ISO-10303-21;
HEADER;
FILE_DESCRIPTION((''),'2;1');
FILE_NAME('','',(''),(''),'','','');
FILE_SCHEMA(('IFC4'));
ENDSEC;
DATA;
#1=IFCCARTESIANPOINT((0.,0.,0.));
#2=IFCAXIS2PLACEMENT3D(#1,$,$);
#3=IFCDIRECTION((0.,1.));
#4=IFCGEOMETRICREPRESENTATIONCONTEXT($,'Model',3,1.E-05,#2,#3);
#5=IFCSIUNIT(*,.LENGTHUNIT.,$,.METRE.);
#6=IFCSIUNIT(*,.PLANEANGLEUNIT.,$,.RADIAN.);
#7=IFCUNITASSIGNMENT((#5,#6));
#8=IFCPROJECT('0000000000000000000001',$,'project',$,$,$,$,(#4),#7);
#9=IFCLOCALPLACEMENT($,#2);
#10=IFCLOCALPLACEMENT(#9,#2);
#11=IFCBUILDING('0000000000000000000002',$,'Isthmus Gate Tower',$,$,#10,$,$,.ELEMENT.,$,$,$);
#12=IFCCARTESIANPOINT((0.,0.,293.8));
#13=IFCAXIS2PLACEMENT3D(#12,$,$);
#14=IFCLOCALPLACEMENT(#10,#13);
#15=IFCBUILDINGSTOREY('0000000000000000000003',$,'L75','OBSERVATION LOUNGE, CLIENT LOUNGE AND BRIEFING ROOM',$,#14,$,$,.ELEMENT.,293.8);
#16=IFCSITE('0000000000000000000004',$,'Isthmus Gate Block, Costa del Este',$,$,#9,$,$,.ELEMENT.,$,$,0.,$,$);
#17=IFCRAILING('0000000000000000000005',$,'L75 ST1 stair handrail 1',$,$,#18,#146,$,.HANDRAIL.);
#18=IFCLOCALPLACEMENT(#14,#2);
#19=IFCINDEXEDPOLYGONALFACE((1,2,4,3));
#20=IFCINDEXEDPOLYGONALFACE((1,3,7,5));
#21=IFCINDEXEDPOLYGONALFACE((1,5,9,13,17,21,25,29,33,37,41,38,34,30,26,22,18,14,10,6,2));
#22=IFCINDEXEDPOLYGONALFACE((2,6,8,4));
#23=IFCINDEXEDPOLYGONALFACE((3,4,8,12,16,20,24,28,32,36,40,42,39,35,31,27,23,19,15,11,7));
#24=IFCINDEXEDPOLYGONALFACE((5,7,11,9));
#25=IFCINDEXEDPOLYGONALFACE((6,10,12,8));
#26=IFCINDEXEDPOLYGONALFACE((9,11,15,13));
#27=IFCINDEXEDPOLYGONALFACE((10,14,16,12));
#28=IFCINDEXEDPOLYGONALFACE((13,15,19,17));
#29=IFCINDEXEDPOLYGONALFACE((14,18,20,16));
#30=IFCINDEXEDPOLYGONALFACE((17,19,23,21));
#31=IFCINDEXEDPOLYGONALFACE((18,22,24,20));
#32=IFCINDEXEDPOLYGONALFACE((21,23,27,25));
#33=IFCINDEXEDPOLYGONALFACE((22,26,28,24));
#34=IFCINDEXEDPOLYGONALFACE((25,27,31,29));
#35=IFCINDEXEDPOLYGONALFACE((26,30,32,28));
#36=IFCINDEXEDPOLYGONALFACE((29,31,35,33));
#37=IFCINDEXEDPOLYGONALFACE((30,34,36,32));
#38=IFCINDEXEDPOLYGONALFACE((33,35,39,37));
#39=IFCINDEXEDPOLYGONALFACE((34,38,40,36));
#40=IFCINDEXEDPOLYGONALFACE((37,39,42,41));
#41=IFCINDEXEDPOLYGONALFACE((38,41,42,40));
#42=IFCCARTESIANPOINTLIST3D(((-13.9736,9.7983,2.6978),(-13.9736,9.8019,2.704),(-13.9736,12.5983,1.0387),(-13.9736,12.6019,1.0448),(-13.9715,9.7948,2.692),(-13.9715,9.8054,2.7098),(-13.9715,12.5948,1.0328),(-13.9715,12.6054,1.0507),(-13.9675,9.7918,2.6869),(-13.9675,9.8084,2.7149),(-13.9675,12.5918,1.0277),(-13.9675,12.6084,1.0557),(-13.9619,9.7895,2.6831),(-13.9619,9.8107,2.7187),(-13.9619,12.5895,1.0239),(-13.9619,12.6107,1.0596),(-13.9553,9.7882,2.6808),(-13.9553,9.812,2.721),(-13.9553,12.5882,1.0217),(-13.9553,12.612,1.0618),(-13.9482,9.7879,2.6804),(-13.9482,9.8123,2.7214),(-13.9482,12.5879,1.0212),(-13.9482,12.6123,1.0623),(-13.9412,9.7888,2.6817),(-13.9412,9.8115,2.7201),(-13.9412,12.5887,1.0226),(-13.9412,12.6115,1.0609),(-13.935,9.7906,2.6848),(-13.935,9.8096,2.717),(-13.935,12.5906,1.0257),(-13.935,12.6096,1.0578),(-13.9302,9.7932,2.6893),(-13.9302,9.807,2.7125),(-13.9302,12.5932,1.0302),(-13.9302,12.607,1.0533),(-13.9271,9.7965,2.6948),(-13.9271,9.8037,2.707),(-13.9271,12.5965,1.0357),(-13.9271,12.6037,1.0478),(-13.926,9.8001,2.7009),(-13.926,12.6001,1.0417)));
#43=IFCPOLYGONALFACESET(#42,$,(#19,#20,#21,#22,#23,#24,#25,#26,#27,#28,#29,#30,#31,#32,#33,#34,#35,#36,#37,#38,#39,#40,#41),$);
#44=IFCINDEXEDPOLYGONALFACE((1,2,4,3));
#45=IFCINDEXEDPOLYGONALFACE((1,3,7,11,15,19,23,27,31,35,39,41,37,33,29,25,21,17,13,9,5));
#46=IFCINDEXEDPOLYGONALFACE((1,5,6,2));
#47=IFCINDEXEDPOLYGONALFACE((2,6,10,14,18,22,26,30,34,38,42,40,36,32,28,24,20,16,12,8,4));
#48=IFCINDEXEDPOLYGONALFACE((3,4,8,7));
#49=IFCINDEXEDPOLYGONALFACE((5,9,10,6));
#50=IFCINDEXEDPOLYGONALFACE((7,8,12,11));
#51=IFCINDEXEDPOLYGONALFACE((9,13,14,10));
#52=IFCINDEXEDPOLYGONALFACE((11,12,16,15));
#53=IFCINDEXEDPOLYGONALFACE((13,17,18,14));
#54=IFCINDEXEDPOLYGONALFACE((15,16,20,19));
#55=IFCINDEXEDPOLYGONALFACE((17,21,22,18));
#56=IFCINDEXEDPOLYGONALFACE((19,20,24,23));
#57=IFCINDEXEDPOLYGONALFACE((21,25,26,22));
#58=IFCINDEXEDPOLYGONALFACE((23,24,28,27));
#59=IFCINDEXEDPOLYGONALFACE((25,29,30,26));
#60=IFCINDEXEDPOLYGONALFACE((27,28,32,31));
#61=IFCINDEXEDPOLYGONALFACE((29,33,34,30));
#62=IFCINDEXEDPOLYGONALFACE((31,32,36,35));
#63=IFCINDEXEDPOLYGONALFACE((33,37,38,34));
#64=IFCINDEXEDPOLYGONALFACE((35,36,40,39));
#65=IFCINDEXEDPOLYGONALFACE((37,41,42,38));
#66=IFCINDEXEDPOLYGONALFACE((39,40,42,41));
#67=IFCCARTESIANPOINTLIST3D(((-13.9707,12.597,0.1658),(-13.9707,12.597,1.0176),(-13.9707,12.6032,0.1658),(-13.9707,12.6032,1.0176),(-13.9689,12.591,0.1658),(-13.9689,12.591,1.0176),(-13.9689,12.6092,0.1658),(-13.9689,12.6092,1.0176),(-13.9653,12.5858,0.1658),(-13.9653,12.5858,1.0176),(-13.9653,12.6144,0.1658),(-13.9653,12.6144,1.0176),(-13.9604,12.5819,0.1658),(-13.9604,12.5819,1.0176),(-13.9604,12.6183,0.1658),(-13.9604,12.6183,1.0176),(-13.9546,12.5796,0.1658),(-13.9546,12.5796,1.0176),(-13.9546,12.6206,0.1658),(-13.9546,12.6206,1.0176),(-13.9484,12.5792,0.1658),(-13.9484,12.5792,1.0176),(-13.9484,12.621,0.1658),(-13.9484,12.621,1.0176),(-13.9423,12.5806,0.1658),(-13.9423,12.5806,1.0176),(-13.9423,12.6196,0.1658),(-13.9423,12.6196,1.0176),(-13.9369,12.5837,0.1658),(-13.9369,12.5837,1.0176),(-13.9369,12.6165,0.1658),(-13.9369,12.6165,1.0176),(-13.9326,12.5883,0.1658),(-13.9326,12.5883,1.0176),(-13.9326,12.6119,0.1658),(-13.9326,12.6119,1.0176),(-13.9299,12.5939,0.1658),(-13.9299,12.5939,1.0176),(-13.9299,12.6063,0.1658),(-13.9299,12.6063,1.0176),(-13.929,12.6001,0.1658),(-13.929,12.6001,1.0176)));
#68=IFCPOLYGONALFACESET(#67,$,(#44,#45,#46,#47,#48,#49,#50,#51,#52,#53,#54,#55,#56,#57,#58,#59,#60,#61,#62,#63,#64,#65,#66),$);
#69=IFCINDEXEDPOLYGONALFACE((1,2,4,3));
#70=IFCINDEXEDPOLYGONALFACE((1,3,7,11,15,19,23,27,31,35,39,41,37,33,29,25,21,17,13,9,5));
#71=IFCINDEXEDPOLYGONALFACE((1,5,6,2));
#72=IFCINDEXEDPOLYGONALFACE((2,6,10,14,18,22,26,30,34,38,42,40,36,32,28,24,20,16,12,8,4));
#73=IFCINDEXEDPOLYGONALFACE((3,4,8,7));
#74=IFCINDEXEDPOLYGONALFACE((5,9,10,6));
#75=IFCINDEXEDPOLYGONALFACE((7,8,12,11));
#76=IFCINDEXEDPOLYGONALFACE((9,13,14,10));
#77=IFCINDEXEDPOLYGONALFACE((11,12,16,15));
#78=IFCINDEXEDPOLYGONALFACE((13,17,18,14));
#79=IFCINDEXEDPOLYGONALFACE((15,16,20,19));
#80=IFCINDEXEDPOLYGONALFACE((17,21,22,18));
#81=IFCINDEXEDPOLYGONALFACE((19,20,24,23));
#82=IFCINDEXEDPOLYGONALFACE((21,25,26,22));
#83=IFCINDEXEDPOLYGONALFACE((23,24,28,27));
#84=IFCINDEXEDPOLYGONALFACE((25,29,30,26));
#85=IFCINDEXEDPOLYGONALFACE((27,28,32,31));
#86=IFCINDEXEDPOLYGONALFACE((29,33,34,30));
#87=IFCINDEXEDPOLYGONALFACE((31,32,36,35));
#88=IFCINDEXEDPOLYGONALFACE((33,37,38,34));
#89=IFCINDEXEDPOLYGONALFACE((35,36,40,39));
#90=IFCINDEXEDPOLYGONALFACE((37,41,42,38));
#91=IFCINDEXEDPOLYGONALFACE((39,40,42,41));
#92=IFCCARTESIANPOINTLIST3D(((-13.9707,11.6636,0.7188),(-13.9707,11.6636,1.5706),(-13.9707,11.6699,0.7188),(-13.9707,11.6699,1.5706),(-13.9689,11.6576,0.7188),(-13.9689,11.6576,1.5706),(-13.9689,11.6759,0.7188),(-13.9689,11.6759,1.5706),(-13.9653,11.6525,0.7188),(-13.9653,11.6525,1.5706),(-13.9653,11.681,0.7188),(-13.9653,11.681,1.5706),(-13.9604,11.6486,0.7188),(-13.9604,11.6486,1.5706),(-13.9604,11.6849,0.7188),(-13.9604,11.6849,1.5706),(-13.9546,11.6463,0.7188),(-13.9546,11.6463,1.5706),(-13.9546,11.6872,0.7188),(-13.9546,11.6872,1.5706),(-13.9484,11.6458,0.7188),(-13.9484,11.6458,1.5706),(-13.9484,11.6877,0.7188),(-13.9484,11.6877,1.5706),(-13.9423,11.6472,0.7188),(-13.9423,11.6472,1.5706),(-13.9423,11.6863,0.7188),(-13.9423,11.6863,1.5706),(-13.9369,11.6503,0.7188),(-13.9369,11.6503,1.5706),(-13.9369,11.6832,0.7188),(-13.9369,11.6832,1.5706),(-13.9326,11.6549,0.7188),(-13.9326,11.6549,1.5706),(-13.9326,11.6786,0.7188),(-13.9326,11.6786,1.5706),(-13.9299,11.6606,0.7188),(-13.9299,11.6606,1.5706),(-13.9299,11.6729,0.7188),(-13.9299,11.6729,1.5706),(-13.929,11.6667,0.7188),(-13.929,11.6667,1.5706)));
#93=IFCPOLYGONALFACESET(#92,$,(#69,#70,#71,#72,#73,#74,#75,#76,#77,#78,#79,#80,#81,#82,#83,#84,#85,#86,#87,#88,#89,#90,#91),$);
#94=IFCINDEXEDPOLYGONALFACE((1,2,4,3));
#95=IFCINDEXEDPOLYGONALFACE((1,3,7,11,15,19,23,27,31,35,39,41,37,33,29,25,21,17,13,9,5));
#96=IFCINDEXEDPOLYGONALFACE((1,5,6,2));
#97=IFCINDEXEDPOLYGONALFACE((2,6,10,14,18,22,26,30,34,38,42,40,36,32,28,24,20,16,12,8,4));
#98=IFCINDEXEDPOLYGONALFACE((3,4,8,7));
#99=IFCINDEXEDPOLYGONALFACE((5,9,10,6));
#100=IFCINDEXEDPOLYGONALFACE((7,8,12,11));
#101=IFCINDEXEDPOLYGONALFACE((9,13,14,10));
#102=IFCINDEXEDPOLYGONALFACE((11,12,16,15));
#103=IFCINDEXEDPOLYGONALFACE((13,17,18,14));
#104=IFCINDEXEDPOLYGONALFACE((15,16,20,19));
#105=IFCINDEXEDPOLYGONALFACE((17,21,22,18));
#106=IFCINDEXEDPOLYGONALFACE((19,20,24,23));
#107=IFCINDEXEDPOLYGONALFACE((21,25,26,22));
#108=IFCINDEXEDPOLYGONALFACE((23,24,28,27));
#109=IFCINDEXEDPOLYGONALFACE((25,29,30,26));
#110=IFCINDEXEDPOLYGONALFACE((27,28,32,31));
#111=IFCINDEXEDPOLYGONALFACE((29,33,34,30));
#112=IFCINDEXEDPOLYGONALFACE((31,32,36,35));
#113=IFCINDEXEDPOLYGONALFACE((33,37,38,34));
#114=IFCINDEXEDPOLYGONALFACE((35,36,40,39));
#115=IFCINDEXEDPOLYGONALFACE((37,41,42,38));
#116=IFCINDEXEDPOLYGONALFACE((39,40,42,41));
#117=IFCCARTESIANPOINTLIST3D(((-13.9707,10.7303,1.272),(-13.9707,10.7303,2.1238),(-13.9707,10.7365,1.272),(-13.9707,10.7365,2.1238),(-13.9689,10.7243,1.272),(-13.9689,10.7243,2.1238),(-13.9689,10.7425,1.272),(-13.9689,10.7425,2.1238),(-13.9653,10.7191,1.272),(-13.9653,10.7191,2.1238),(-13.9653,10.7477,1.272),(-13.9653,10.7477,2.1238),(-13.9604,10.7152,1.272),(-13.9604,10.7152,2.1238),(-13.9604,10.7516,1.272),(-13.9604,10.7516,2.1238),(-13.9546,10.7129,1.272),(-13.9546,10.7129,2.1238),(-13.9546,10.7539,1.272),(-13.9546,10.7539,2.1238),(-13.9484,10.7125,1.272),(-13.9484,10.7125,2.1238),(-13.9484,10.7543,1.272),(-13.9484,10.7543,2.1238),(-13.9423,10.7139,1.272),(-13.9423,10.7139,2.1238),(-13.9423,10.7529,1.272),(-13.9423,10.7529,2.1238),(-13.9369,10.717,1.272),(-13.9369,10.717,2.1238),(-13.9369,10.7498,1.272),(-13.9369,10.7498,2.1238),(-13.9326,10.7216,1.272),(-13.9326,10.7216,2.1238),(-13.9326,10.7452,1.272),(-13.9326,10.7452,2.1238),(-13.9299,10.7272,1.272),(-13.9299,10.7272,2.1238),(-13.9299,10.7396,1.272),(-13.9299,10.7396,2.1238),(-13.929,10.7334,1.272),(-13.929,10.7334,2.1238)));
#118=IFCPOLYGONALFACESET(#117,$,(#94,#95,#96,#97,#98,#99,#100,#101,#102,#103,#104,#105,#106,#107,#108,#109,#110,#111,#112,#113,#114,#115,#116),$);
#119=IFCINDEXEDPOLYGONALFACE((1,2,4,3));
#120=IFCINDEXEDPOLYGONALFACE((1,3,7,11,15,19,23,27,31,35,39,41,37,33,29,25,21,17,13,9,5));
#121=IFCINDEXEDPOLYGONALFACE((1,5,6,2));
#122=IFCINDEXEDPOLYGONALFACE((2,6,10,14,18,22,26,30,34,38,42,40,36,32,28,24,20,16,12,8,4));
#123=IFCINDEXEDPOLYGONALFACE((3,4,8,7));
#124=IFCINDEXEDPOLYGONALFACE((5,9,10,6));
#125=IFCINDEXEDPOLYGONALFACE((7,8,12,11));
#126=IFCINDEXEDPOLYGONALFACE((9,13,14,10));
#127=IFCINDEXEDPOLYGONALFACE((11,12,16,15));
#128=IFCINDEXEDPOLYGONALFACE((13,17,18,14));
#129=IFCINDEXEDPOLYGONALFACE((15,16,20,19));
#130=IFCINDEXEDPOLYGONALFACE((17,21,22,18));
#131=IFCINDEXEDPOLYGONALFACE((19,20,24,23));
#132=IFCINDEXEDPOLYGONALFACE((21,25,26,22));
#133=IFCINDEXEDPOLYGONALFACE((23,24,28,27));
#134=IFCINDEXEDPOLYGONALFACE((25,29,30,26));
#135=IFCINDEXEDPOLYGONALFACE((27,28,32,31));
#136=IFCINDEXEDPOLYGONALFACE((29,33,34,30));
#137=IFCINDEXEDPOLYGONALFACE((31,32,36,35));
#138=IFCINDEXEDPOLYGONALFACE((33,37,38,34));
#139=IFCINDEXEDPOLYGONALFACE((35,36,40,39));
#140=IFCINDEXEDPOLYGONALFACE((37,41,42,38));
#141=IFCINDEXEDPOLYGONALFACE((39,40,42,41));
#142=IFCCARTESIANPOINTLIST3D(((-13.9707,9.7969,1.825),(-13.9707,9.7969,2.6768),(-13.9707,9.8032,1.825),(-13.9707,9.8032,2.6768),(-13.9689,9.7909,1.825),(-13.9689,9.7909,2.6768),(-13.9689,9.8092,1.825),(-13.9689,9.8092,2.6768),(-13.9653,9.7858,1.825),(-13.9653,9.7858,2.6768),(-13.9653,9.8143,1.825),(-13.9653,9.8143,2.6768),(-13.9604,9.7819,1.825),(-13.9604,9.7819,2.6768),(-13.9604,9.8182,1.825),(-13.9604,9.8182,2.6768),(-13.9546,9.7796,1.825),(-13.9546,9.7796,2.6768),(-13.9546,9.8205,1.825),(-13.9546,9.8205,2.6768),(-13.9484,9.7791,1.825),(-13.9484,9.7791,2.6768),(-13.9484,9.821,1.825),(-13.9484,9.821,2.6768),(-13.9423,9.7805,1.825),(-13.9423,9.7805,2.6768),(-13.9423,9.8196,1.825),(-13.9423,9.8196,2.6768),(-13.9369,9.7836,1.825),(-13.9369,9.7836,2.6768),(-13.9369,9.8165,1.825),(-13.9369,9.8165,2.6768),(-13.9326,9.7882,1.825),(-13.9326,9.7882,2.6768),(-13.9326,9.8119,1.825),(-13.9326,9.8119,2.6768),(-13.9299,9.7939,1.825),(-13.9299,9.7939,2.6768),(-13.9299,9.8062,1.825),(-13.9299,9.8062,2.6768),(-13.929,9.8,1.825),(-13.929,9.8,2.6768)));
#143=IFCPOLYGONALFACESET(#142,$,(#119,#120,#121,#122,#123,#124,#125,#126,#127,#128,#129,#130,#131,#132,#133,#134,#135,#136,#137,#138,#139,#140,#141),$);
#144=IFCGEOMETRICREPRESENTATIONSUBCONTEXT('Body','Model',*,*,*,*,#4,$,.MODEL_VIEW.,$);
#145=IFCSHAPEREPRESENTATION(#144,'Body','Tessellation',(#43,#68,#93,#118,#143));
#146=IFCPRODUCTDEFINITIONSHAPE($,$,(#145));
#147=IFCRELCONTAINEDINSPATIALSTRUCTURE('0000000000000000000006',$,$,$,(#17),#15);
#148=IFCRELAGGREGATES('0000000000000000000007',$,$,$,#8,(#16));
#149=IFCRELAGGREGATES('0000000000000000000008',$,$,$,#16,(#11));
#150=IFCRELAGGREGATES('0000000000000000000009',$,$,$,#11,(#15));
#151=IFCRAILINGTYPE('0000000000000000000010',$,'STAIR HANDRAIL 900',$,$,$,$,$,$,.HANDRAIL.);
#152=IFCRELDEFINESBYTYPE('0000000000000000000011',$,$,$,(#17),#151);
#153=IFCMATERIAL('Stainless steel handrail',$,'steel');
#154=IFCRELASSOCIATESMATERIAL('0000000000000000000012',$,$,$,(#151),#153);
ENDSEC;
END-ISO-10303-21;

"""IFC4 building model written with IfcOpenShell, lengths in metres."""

from ifc_helpers import new_model, si_unit, direction, frame, origin, origin_2d, place, context, subcontext, project, spatial, circle, extrude, material, type_object, element, save


model = new_model("IFC4")

# Units and contexts
model_context = context("Model", 3, precision=1e-05, world=origin(), true_north=direction((0.0, 1.0)))
body_context = subcontext(model_context, "Body", "Model", "MODEL_VIEW")
ifc_project = project(units=[si_unit("LENGTHUNIT", "METRE"), si_unit("PLANEANGLEUNIT", "RADIAN")], contexts=[model_context])

# Site, building, storey
site_placement = place(None, origin())
site = spatial("IfcSite", under=ifc_project, at=site_placement, Name="Isthmus Gate Block, Costa del Este", CompositionType="ELEMENT", RefElevation=0.0)
building_placement = place(site_placement, origin())
building = spatial("IfcBuilding", under=site, at=building_placement, Name="Isthmus Gate Tower", CompositionType="ELEMENT")
storey_placement = place(building_placement, frame((0.0, 0.0, 293.8)))
storey = spatial("IfcBuildingStorey", under=building, at=storey_placement, Name="L75", Description="OBSERVATION LOUNGE, CLIENT LOUNGE AND BRIEFING ROOM", CompositionType="ELEMENT", Elevation=293.8)

# Railing
ifc_material_1 = material(Name="Stainless steel handrail", Category="steel")
railing_type_1 = type_object("IfcRailingType", Name="STAIR HANDRAIL 900", PredefinedType="HANDRAIL", material=ifc_material_1)
railing_1_placement = place(storey_placement, frame((-13.95, 12.6001, 0.1658)))
element("IfcRailing", 1, at=railing_1_placement, inside=storey, type_object=railing_type_1, Name="L75 ST1 stair handrail 1", PredefinedType="HANDRAIL", context=body_context, shape_type="SweptSolid", body=[
    extrude(circle(Radius=0.0239, at=origin_2d()), frame((0.0, 0.0, 0.876), z_axis=(0.0, -0.860306, 0.509778), x_axis=(1.0, 0.0, 0.0)), (0.0, 0.0, 1.0), 3.2546),
    extrude(circle(Radius=0.021, at=origin_2d()), origin(), (0.0, 0.0, 1.0), 0.8518),
    extrude(circle(Radius=0.021, at=origin_2d()), frame((0.0, -0.9333, 0.553)), (0.0, 0.0, 1.0), 0.8518),
    extrude(circle(Radius=0.021, at=origin_2d()), frame((0.0, -1.8667, 1.1062)), (0.0, 0.0, 1.0), 0.8518),
    extrude(circle(Radius=0.021, at=origin_2d()), frame((0.0, -2.8, 1.6592)), (0.0, 0.0, 1.0), 0.8518),
])

save(model, "model.ifc")
